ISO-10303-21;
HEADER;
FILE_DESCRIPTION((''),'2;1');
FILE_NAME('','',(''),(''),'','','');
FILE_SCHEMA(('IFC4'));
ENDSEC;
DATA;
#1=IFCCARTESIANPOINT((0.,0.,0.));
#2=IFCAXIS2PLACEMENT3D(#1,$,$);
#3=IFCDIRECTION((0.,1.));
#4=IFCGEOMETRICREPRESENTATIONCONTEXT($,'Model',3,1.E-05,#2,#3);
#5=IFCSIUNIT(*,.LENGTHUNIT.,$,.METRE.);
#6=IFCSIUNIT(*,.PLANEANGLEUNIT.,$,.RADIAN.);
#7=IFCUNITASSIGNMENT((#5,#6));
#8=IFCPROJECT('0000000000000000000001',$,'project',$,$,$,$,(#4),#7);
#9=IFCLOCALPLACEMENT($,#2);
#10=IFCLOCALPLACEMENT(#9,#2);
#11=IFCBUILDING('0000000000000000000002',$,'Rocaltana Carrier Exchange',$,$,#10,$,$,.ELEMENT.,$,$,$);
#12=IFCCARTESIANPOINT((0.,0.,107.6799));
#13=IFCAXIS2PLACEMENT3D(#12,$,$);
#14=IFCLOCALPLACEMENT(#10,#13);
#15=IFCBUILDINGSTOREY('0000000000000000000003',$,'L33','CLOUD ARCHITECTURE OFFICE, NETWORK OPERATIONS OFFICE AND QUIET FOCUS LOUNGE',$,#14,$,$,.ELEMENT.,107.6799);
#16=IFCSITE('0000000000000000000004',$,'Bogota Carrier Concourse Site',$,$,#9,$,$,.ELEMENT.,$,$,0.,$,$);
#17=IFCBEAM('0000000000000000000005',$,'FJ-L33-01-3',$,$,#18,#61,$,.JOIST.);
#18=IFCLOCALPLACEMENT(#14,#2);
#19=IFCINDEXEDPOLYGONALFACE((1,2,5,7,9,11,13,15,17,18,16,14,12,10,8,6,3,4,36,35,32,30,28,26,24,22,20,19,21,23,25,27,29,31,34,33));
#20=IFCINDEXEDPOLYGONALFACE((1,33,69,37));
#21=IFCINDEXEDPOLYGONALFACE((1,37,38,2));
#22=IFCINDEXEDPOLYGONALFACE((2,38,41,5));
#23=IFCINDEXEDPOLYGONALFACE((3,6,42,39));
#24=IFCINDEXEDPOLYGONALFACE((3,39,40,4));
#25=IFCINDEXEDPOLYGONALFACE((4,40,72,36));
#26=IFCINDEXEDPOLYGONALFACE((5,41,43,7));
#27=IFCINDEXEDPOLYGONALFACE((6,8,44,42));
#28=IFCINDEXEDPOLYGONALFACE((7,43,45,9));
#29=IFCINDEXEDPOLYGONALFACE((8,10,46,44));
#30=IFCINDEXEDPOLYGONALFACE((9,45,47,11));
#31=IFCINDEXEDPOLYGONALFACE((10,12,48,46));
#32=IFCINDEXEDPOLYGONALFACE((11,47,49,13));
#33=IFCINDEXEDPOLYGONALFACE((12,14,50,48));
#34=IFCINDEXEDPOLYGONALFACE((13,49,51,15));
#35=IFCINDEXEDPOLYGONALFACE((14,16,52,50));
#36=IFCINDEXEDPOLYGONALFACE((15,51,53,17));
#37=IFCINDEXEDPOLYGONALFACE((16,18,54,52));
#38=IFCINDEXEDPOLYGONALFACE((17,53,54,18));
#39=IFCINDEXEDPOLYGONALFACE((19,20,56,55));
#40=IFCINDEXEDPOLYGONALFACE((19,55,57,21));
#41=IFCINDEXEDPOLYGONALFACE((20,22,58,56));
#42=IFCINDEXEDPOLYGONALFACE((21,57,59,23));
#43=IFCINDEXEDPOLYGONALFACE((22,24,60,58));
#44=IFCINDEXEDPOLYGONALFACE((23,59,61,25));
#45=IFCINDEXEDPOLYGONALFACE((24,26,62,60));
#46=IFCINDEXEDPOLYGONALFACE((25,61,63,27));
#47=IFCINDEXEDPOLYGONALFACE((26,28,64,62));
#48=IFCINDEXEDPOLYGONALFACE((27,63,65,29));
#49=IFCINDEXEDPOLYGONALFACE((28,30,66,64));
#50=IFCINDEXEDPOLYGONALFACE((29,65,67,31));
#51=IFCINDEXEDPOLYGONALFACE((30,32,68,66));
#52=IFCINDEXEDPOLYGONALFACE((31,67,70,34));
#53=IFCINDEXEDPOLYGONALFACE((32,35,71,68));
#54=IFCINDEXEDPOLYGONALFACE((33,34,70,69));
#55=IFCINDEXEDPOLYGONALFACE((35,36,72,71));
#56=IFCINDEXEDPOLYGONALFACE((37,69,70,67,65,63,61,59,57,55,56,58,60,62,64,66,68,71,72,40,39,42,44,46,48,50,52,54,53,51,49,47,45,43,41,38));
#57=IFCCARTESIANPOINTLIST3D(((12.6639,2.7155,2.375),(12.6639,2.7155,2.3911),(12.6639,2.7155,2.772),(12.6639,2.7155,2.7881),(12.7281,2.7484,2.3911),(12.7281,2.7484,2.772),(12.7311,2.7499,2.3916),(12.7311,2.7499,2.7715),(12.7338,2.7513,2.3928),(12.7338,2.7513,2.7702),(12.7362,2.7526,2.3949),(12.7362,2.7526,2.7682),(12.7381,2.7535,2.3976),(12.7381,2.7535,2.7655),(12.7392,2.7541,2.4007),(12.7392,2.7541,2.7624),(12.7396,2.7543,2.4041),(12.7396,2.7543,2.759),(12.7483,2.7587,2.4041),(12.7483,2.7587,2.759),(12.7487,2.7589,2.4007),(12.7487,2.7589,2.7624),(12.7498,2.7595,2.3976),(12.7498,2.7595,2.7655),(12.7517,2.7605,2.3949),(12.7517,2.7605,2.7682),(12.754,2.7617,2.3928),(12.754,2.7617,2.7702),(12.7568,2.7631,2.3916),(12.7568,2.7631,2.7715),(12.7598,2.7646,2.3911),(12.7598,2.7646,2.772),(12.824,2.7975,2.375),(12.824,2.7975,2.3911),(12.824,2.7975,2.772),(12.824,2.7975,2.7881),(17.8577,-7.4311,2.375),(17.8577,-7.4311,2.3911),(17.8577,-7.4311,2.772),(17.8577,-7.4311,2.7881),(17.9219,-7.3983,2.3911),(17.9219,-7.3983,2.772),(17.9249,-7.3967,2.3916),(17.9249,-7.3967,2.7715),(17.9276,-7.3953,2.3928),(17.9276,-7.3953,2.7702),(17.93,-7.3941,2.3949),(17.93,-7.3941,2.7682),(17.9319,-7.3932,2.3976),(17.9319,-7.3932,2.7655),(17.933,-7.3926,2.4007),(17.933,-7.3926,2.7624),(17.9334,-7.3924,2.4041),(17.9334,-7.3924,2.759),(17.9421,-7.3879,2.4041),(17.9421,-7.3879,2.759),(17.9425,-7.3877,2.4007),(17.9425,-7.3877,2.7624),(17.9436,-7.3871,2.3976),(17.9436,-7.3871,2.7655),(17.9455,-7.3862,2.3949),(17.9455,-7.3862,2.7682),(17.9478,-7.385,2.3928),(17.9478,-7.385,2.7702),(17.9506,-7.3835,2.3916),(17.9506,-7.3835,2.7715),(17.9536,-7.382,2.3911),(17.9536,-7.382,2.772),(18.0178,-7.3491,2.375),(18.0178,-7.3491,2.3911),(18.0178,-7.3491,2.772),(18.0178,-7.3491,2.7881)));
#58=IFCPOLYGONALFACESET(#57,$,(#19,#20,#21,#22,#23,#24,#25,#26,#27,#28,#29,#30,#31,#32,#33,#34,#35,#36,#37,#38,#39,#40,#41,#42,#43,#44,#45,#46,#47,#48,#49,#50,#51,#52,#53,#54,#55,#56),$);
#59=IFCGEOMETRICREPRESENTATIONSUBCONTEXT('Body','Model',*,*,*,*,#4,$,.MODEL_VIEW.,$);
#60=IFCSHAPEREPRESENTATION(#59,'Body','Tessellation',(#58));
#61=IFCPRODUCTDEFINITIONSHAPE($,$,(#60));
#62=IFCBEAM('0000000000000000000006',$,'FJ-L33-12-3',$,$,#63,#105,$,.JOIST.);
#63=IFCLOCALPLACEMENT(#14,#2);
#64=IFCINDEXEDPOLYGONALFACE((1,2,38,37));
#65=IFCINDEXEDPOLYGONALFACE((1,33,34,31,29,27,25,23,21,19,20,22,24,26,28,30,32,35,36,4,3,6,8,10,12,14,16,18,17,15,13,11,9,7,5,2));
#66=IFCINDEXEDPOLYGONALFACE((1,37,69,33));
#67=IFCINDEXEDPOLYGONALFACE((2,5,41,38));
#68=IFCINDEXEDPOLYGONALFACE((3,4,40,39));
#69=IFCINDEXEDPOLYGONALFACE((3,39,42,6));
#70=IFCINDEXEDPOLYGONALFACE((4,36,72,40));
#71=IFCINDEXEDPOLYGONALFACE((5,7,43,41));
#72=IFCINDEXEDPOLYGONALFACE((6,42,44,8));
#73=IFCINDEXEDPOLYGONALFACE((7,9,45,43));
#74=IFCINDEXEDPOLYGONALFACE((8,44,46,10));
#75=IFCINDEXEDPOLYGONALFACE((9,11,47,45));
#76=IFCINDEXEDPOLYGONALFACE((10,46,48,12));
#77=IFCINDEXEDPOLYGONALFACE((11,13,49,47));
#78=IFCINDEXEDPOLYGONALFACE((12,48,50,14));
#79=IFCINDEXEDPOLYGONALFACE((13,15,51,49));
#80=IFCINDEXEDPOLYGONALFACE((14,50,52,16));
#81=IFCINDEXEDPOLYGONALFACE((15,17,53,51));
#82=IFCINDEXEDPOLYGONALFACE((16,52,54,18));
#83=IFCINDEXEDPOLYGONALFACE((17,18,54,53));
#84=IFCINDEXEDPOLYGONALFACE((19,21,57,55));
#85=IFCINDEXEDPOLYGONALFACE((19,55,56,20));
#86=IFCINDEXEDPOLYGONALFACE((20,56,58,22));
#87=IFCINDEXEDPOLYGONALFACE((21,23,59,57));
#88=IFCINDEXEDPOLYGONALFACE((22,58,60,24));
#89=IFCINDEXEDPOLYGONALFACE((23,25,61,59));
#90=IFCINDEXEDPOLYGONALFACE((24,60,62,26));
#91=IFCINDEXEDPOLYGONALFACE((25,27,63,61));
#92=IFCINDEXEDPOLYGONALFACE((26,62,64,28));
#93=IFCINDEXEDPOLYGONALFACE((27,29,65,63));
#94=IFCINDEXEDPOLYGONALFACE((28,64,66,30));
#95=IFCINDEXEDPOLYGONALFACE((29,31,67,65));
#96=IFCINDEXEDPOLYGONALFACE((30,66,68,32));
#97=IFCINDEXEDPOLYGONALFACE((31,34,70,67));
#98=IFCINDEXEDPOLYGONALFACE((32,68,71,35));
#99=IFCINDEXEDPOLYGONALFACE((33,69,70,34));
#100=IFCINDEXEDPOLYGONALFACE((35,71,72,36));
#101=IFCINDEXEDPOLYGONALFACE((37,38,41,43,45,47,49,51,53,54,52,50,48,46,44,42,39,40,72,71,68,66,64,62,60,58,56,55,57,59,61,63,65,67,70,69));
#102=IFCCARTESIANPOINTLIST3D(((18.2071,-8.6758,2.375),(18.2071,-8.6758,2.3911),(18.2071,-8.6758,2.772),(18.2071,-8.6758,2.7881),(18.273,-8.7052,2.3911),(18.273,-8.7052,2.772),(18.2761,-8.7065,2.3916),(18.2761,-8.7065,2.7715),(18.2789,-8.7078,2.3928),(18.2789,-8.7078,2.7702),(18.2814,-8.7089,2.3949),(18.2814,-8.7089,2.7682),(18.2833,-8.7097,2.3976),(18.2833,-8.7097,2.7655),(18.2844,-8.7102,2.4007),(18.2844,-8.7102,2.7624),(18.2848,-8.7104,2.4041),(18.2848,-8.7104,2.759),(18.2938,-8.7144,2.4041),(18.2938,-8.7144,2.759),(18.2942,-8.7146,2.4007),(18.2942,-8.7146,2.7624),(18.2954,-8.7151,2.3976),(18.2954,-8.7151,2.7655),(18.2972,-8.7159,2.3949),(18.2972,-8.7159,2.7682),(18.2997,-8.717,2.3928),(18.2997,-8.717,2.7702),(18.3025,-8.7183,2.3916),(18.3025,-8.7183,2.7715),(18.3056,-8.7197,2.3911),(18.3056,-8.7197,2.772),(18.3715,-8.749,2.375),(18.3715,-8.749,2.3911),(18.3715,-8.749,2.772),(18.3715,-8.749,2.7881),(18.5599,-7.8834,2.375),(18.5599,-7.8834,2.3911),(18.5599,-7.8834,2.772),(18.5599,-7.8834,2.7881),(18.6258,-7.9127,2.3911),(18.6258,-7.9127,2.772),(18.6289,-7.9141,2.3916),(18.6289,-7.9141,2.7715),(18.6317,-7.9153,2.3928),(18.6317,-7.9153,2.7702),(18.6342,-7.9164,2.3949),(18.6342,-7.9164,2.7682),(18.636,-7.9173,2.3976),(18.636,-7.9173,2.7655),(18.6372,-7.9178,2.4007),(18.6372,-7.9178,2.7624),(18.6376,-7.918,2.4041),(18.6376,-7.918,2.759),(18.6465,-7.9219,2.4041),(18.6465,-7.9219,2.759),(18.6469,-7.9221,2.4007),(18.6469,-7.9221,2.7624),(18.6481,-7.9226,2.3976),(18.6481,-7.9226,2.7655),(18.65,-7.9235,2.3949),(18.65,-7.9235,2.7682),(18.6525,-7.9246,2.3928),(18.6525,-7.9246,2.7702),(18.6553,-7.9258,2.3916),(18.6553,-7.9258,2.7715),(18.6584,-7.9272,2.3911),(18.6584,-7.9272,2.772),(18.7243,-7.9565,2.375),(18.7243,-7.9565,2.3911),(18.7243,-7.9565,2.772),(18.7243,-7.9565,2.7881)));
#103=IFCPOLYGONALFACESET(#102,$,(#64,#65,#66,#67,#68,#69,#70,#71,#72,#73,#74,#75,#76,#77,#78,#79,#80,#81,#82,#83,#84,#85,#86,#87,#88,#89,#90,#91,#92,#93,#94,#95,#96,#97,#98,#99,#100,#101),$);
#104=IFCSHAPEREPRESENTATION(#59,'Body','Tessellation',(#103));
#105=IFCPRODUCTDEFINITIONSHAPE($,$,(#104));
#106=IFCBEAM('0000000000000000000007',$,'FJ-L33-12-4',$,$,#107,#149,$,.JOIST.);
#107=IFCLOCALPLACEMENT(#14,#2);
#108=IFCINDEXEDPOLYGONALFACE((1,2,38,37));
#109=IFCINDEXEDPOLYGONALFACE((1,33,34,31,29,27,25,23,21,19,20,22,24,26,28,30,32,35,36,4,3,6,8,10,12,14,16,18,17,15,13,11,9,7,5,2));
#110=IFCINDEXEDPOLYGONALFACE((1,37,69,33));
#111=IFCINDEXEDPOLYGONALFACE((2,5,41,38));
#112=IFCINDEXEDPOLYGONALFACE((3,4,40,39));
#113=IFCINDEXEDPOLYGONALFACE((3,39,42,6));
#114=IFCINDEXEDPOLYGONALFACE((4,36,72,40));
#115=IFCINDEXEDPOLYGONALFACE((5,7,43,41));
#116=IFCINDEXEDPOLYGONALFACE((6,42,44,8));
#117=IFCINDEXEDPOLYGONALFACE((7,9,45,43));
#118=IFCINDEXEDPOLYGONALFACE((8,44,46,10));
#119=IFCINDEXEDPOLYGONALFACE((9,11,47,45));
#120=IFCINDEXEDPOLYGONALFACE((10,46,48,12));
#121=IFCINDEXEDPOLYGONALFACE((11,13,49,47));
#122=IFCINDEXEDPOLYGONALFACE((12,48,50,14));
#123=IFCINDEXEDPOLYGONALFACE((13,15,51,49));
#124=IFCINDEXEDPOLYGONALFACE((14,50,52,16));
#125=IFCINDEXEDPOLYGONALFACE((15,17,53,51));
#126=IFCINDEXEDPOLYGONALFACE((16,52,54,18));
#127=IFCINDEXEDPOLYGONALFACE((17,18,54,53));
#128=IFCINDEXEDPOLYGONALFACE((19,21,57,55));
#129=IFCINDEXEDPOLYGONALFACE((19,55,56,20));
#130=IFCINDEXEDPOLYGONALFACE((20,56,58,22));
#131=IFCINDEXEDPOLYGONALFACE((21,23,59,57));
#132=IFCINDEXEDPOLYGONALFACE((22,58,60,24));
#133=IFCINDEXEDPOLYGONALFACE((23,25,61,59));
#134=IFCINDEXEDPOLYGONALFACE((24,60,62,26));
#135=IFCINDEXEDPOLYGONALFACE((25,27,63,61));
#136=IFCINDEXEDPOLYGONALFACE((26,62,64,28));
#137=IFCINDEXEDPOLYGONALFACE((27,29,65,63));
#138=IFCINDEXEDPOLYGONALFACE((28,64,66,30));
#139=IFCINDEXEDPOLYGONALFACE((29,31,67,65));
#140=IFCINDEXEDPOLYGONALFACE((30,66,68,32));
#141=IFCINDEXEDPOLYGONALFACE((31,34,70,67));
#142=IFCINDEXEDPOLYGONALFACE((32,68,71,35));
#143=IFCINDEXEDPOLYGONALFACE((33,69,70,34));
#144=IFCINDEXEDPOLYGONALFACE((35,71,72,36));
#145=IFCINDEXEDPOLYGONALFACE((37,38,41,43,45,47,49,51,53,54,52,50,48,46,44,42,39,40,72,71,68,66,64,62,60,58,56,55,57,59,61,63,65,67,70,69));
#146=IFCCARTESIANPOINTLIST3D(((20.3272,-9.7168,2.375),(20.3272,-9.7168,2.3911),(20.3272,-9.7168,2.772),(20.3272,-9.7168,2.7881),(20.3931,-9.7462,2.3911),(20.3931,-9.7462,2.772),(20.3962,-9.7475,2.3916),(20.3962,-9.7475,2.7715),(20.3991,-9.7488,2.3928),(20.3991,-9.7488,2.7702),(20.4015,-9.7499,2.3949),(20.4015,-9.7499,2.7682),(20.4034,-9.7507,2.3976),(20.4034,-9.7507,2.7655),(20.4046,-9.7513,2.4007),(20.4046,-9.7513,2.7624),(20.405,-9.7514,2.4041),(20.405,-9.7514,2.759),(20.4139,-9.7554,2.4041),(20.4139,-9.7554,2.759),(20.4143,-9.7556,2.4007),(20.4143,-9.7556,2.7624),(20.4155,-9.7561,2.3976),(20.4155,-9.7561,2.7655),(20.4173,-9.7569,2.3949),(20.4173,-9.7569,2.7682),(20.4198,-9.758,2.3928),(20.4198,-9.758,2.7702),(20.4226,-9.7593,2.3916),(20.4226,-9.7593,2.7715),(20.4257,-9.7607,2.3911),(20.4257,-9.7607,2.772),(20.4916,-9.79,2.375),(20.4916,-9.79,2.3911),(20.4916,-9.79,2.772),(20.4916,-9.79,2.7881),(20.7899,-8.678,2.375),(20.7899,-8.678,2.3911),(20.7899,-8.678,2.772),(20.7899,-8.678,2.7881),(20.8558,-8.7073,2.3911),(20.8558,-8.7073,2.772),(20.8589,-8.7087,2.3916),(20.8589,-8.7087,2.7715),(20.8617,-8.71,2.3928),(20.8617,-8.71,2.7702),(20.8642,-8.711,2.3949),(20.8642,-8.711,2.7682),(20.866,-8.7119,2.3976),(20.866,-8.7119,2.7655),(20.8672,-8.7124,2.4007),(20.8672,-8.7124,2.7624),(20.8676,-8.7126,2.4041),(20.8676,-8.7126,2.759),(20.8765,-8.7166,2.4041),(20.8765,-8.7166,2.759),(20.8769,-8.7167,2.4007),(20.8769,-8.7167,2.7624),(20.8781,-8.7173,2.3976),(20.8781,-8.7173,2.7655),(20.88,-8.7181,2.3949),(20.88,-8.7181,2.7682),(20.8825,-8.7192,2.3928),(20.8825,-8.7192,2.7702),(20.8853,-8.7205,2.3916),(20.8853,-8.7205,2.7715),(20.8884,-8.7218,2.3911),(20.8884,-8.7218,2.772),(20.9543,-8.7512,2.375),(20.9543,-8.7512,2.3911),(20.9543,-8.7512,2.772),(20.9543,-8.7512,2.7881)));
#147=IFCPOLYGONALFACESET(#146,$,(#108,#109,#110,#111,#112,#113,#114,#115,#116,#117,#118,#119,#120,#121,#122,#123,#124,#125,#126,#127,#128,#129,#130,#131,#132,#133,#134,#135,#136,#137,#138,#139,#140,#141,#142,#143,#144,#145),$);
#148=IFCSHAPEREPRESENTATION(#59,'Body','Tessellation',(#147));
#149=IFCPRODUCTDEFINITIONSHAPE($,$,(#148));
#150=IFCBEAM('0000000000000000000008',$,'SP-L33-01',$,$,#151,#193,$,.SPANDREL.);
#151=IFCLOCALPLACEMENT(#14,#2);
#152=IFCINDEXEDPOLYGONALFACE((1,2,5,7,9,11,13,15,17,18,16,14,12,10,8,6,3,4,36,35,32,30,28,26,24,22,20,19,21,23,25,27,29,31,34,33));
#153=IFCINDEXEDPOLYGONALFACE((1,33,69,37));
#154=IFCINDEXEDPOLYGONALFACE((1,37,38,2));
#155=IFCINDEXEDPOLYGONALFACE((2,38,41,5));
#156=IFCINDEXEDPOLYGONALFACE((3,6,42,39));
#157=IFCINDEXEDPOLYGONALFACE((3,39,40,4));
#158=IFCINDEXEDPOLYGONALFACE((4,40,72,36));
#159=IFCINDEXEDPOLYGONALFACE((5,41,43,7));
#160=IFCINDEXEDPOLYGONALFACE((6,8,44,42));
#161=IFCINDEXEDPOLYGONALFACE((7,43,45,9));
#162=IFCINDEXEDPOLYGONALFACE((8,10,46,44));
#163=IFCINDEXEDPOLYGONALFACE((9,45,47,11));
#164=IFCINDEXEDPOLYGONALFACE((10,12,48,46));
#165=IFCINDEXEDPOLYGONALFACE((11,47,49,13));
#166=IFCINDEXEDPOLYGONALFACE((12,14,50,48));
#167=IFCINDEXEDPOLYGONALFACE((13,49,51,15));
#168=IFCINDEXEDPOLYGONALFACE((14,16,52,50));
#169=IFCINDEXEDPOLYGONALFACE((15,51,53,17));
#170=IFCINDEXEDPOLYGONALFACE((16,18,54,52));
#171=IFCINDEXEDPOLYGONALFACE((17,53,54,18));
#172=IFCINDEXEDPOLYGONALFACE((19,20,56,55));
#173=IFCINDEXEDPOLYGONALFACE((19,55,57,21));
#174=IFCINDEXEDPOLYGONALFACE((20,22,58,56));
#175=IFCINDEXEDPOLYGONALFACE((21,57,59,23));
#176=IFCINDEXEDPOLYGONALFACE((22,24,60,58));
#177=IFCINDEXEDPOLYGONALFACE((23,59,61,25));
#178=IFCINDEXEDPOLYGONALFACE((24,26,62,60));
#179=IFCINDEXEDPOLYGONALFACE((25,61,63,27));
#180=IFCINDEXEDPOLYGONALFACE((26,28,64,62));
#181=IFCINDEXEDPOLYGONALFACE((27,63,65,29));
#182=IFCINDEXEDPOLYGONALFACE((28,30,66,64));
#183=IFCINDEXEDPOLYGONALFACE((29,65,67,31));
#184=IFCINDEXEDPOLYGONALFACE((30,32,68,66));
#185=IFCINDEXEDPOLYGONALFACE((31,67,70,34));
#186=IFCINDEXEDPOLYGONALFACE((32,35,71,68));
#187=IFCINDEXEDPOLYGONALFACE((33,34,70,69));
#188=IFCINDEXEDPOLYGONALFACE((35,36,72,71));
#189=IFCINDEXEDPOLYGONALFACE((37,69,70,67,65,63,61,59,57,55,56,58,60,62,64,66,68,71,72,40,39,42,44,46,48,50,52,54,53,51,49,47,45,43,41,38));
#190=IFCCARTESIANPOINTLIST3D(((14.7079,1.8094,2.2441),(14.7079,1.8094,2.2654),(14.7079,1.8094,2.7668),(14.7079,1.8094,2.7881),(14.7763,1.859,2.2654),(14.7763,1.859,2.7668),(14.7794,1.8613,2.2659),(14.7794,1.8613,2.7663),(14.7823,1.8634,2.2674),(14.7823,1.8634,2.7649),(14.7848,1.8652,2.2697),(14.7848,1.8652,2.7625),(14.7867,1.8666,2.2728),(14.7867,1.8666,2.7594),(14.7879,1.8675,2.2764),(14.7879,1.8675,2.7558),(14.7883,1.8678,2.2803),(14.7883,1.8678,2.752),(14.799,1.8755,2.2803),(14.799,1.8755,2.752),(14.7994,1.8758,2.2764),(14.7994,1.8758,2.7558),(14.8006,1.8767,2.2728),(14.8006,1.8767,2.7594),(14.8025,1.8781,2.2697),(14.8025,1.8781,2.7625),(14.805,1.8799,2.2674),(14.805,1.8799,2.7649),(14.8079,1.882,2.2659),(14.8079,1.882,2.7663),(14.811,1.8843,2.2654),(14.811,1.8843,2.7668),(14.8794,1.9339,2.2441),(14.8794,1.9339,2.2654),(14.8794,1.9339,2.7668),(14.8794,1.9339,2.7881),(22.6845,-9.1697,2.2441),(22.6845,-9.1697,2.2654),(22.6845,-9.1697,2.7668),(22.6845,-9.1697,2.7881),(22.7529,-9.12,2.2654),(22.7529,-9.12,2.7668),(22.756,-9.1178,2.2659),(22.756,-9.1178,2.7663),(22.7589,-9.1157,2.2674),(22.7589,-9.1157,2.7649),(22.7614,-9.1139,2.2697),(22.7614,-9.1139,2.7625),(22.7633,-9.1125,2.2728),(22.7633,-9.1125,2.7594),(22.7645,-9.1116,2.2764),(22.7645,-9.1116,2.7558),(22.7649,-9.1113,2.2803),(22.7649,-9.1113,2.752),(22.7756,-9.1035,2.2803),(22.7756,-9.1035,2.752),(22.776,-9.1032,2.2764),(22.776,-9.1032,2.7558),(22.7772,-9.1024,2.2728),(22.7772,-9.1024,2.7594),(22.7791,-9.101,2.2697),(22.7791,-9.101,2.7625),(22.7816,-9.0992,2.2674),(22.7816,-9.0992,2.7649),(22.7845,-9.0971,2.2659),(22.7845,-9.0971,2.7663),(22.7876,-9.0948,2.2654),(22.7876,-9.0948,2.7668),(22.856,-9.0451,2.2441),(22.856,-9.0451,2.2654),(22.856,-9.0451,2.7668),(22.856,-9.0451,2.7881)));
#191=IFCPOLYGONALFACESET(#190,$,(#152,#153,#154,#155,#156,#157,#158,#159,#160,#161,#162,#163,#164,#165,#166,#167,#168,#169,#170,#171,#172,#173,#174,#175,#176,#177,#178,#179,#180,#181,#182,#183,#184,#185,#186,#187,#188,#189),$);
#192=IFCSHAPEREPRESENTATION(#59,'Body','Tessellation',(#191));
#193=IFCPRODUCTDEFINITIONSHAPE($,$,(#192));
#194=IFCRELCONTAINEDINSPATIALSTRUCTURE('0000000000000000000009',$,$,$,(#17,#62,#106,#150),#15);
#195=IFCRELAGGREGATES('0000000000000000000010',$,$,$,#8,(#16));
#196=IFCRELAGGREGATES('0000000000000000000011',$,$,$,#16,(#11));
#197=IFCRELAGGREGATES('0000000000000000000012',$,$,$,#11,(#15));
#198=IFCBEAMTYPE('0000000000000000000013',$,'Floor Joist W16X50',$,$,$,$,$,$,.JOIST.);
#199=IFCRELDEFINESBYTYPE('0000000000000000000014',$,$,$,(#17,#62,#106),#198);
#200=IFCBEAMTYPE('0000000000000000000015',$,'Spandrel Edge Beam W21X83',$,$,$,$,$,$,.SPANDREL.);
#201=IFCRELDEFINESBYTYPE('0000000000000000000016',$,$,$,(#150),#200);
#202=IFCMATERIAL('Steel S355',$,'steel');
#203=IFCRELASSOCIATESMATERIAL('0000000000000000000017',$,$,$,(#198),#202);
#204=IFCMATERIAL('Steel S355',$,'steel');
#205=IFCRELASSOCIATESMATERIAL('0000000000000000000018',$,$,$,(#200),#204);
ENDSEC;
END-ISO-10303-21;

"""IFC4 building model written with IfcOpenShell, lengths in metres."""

from ifc_helpers import new_model, si_unit, direction, frame, origin, origin_2d, place, context, subcontext, project, spatial, i_section, extrude, material, material_profile, profile_set, type_object, element, save


model = new_model("IFC4")

# Units and contexts
model_context = context("Model", 3, precision=1e-05, world=origin(), true_north=direction((0.0, 1.0)))
body_context = subcontext(model_context, "Body", "Model", "MODEL_VIEW")
ifc_project = project(units=[si_unit("LENGTHUNIT", "METRE"), si_unit("PLANEANGLEUNIT", "RADIAN")], contexts=[model_context])

# Site, building, storey
site_placement = place(None, origin())
site = spatial("IfcSite", under=ifc_project, at=site_placement, Name="Bogota Carrier Concourse Site", CompositionType="ELEMENT", RefElevation=0.0)
building_placement = place(site_placement, origin())
building = spatial("IfcBuilding", under=site, at=building_placement, Name="Rocaltana Carrier Exchange", CompositionType="ELEMENT")
storey_placement = place(building_placement, frame((0.0, 0.0, 107.6799)))
storey = spatial("IfcBuildingStorey", under=building, at=storey_placement, Name="L33", Description="CLOUD ARCHITECTURE OFFICE, NETWORK OPERATIONS OFFICE AND QUIET FOCUS LOUNGE", CompositionType="ELEMENT", Elevation=107.6799)

# Beams
ifc_material_1 = material(Name="Steel S355", Category="steel")
ifc_material_profile_1 = material_profile(ifc_material_1, i_section(OverallWidth=0.1799, OverallDepth=0.4131, WebThickness=0.0098, FlangeThickness=0.0161, FilletRadius=0.0129, at=origin_2d()), Name="W16X50")
ifc_profile_set_1 = profile_set([ifc_material_profile_1], Name="Steel S355")
beam_type_1 = type_object("IfcBeamType", Name="Floor Joist W16X50", PredefinedType="JOIST", material=ifc_profile_set_1)
beam_1_placement = place(storey_placement, frame((17.9377, -7.3901, 2.5815), z_axis=(-0.455649, 0.890159, 0.0), x_axis=(-0.890159, -0.455649, 0.0)))
element("IfcBeam", 1, at=beam_1_placement, inside=storey, type_object=beam_type_1, Name="FJ-L33-01-3", PredefinedType="JOIST", context=body_context, shape_type="SweptSolid", body=[
    extrude(i_section(OverallWidth=0.1799, OverallDepth=0.4131, WebThickness=0.0098, FlangeThickness=0.0161, FilletRadius=0.0129, at=origin_2d()), origin(), (0.0, 0.0, 1.0), 11.3987),
])
beam_2_placement = place(storey_placement, frame((18.2893, -8.7124, 2.5815), z_axis=(0.406687, 0.913568, 0.0), x_axis=(-0.913568, 0.406687, 0.0)))
element("IfcBeam", 2, at=beam_2_placement, inside=storey, type_object=beam_type_1, Name="FJ-L33-12-3", PredefinedType="JOIST", context=body_context, shape_type="SweptSolid", body=[
    extrude(i_section(OverallWidth=0.1799, OverallDepth=0.4131, WebThickness=0.0098, FlangeThickness=0.0161, FilletRadius=0.0129, at=origin_2d()), origin(), (0.0, 0.0, 1.0), 0.8674),
])
beam_3_placement = place(storey_placement, frame((20.4094, -9.7534, 2.5815), z_axis=(0.406836, 0.913501, 0.0), x_axis=(-0.913501, 0.406836, 0.0)))
element("IfcBeam", 3, at=beam_3_placement, inside=storey, type_object=beam_type_1, Name="FJ-L33-12-4", PredefinedType="JOIST", context=body_context, shape_type="SweptSolid", body=[
    extrude(i_section(OverallWidth=0.1799, OverallDepth=0.4131, WebThickness=0.0098, FlangeThickness=0.0161, FilletRadius=0.0129, at=origin_2d()), origin(), (0.0, 0.0, 1.0), 1.1372),
])
ifc_material_2 = material(Name="Steel S355", Category="steel")
ifc_material_profile_2 = material_profile(ifc_material_2, i_section(OverallWidth=0.2119, OverallDepth=0.5439, WebThickness=0.0132, FlangeThickness=0.0212, FilletRadius=0.0149, at=origin_2d()), Name="W21X83")
ifc_profile_set_2 = profile_set([ifc_material_profile_2], Name="Steel S355")
beam_type_2 = type_object("IfcBeamType", Name="Spandrel Edge Beam W21X83", PredefinedType="SPANDREL", material=ifc_profile_set_2)
beam_4_placement = place(storey_placement, frame((22.7703, -9.1074, 2.5161), z_axis=(-0.587778, 0.809022, 0.0), x_axis=(-0.809022, -0.587778, 0.0)))
element("IfcBeam", 4, at=beam_4_placement, inside=storey, type_object=beam_type_2, Name="SP-L33-01", PredefinedType="SPANDREL", context=body_context, shape_type="SweptSolid", body=[
    extrude(i_section(OverallWidth=0.2119, OverallDepth=0.5439, WebThickness=0.0132, FlangeThickness=0.0212, FilletRadius=0.0149, at=origin_2d()), origin(), (0.0, 0.0, 1.0), 13.5708),
])

save(model, "model.ifc")
